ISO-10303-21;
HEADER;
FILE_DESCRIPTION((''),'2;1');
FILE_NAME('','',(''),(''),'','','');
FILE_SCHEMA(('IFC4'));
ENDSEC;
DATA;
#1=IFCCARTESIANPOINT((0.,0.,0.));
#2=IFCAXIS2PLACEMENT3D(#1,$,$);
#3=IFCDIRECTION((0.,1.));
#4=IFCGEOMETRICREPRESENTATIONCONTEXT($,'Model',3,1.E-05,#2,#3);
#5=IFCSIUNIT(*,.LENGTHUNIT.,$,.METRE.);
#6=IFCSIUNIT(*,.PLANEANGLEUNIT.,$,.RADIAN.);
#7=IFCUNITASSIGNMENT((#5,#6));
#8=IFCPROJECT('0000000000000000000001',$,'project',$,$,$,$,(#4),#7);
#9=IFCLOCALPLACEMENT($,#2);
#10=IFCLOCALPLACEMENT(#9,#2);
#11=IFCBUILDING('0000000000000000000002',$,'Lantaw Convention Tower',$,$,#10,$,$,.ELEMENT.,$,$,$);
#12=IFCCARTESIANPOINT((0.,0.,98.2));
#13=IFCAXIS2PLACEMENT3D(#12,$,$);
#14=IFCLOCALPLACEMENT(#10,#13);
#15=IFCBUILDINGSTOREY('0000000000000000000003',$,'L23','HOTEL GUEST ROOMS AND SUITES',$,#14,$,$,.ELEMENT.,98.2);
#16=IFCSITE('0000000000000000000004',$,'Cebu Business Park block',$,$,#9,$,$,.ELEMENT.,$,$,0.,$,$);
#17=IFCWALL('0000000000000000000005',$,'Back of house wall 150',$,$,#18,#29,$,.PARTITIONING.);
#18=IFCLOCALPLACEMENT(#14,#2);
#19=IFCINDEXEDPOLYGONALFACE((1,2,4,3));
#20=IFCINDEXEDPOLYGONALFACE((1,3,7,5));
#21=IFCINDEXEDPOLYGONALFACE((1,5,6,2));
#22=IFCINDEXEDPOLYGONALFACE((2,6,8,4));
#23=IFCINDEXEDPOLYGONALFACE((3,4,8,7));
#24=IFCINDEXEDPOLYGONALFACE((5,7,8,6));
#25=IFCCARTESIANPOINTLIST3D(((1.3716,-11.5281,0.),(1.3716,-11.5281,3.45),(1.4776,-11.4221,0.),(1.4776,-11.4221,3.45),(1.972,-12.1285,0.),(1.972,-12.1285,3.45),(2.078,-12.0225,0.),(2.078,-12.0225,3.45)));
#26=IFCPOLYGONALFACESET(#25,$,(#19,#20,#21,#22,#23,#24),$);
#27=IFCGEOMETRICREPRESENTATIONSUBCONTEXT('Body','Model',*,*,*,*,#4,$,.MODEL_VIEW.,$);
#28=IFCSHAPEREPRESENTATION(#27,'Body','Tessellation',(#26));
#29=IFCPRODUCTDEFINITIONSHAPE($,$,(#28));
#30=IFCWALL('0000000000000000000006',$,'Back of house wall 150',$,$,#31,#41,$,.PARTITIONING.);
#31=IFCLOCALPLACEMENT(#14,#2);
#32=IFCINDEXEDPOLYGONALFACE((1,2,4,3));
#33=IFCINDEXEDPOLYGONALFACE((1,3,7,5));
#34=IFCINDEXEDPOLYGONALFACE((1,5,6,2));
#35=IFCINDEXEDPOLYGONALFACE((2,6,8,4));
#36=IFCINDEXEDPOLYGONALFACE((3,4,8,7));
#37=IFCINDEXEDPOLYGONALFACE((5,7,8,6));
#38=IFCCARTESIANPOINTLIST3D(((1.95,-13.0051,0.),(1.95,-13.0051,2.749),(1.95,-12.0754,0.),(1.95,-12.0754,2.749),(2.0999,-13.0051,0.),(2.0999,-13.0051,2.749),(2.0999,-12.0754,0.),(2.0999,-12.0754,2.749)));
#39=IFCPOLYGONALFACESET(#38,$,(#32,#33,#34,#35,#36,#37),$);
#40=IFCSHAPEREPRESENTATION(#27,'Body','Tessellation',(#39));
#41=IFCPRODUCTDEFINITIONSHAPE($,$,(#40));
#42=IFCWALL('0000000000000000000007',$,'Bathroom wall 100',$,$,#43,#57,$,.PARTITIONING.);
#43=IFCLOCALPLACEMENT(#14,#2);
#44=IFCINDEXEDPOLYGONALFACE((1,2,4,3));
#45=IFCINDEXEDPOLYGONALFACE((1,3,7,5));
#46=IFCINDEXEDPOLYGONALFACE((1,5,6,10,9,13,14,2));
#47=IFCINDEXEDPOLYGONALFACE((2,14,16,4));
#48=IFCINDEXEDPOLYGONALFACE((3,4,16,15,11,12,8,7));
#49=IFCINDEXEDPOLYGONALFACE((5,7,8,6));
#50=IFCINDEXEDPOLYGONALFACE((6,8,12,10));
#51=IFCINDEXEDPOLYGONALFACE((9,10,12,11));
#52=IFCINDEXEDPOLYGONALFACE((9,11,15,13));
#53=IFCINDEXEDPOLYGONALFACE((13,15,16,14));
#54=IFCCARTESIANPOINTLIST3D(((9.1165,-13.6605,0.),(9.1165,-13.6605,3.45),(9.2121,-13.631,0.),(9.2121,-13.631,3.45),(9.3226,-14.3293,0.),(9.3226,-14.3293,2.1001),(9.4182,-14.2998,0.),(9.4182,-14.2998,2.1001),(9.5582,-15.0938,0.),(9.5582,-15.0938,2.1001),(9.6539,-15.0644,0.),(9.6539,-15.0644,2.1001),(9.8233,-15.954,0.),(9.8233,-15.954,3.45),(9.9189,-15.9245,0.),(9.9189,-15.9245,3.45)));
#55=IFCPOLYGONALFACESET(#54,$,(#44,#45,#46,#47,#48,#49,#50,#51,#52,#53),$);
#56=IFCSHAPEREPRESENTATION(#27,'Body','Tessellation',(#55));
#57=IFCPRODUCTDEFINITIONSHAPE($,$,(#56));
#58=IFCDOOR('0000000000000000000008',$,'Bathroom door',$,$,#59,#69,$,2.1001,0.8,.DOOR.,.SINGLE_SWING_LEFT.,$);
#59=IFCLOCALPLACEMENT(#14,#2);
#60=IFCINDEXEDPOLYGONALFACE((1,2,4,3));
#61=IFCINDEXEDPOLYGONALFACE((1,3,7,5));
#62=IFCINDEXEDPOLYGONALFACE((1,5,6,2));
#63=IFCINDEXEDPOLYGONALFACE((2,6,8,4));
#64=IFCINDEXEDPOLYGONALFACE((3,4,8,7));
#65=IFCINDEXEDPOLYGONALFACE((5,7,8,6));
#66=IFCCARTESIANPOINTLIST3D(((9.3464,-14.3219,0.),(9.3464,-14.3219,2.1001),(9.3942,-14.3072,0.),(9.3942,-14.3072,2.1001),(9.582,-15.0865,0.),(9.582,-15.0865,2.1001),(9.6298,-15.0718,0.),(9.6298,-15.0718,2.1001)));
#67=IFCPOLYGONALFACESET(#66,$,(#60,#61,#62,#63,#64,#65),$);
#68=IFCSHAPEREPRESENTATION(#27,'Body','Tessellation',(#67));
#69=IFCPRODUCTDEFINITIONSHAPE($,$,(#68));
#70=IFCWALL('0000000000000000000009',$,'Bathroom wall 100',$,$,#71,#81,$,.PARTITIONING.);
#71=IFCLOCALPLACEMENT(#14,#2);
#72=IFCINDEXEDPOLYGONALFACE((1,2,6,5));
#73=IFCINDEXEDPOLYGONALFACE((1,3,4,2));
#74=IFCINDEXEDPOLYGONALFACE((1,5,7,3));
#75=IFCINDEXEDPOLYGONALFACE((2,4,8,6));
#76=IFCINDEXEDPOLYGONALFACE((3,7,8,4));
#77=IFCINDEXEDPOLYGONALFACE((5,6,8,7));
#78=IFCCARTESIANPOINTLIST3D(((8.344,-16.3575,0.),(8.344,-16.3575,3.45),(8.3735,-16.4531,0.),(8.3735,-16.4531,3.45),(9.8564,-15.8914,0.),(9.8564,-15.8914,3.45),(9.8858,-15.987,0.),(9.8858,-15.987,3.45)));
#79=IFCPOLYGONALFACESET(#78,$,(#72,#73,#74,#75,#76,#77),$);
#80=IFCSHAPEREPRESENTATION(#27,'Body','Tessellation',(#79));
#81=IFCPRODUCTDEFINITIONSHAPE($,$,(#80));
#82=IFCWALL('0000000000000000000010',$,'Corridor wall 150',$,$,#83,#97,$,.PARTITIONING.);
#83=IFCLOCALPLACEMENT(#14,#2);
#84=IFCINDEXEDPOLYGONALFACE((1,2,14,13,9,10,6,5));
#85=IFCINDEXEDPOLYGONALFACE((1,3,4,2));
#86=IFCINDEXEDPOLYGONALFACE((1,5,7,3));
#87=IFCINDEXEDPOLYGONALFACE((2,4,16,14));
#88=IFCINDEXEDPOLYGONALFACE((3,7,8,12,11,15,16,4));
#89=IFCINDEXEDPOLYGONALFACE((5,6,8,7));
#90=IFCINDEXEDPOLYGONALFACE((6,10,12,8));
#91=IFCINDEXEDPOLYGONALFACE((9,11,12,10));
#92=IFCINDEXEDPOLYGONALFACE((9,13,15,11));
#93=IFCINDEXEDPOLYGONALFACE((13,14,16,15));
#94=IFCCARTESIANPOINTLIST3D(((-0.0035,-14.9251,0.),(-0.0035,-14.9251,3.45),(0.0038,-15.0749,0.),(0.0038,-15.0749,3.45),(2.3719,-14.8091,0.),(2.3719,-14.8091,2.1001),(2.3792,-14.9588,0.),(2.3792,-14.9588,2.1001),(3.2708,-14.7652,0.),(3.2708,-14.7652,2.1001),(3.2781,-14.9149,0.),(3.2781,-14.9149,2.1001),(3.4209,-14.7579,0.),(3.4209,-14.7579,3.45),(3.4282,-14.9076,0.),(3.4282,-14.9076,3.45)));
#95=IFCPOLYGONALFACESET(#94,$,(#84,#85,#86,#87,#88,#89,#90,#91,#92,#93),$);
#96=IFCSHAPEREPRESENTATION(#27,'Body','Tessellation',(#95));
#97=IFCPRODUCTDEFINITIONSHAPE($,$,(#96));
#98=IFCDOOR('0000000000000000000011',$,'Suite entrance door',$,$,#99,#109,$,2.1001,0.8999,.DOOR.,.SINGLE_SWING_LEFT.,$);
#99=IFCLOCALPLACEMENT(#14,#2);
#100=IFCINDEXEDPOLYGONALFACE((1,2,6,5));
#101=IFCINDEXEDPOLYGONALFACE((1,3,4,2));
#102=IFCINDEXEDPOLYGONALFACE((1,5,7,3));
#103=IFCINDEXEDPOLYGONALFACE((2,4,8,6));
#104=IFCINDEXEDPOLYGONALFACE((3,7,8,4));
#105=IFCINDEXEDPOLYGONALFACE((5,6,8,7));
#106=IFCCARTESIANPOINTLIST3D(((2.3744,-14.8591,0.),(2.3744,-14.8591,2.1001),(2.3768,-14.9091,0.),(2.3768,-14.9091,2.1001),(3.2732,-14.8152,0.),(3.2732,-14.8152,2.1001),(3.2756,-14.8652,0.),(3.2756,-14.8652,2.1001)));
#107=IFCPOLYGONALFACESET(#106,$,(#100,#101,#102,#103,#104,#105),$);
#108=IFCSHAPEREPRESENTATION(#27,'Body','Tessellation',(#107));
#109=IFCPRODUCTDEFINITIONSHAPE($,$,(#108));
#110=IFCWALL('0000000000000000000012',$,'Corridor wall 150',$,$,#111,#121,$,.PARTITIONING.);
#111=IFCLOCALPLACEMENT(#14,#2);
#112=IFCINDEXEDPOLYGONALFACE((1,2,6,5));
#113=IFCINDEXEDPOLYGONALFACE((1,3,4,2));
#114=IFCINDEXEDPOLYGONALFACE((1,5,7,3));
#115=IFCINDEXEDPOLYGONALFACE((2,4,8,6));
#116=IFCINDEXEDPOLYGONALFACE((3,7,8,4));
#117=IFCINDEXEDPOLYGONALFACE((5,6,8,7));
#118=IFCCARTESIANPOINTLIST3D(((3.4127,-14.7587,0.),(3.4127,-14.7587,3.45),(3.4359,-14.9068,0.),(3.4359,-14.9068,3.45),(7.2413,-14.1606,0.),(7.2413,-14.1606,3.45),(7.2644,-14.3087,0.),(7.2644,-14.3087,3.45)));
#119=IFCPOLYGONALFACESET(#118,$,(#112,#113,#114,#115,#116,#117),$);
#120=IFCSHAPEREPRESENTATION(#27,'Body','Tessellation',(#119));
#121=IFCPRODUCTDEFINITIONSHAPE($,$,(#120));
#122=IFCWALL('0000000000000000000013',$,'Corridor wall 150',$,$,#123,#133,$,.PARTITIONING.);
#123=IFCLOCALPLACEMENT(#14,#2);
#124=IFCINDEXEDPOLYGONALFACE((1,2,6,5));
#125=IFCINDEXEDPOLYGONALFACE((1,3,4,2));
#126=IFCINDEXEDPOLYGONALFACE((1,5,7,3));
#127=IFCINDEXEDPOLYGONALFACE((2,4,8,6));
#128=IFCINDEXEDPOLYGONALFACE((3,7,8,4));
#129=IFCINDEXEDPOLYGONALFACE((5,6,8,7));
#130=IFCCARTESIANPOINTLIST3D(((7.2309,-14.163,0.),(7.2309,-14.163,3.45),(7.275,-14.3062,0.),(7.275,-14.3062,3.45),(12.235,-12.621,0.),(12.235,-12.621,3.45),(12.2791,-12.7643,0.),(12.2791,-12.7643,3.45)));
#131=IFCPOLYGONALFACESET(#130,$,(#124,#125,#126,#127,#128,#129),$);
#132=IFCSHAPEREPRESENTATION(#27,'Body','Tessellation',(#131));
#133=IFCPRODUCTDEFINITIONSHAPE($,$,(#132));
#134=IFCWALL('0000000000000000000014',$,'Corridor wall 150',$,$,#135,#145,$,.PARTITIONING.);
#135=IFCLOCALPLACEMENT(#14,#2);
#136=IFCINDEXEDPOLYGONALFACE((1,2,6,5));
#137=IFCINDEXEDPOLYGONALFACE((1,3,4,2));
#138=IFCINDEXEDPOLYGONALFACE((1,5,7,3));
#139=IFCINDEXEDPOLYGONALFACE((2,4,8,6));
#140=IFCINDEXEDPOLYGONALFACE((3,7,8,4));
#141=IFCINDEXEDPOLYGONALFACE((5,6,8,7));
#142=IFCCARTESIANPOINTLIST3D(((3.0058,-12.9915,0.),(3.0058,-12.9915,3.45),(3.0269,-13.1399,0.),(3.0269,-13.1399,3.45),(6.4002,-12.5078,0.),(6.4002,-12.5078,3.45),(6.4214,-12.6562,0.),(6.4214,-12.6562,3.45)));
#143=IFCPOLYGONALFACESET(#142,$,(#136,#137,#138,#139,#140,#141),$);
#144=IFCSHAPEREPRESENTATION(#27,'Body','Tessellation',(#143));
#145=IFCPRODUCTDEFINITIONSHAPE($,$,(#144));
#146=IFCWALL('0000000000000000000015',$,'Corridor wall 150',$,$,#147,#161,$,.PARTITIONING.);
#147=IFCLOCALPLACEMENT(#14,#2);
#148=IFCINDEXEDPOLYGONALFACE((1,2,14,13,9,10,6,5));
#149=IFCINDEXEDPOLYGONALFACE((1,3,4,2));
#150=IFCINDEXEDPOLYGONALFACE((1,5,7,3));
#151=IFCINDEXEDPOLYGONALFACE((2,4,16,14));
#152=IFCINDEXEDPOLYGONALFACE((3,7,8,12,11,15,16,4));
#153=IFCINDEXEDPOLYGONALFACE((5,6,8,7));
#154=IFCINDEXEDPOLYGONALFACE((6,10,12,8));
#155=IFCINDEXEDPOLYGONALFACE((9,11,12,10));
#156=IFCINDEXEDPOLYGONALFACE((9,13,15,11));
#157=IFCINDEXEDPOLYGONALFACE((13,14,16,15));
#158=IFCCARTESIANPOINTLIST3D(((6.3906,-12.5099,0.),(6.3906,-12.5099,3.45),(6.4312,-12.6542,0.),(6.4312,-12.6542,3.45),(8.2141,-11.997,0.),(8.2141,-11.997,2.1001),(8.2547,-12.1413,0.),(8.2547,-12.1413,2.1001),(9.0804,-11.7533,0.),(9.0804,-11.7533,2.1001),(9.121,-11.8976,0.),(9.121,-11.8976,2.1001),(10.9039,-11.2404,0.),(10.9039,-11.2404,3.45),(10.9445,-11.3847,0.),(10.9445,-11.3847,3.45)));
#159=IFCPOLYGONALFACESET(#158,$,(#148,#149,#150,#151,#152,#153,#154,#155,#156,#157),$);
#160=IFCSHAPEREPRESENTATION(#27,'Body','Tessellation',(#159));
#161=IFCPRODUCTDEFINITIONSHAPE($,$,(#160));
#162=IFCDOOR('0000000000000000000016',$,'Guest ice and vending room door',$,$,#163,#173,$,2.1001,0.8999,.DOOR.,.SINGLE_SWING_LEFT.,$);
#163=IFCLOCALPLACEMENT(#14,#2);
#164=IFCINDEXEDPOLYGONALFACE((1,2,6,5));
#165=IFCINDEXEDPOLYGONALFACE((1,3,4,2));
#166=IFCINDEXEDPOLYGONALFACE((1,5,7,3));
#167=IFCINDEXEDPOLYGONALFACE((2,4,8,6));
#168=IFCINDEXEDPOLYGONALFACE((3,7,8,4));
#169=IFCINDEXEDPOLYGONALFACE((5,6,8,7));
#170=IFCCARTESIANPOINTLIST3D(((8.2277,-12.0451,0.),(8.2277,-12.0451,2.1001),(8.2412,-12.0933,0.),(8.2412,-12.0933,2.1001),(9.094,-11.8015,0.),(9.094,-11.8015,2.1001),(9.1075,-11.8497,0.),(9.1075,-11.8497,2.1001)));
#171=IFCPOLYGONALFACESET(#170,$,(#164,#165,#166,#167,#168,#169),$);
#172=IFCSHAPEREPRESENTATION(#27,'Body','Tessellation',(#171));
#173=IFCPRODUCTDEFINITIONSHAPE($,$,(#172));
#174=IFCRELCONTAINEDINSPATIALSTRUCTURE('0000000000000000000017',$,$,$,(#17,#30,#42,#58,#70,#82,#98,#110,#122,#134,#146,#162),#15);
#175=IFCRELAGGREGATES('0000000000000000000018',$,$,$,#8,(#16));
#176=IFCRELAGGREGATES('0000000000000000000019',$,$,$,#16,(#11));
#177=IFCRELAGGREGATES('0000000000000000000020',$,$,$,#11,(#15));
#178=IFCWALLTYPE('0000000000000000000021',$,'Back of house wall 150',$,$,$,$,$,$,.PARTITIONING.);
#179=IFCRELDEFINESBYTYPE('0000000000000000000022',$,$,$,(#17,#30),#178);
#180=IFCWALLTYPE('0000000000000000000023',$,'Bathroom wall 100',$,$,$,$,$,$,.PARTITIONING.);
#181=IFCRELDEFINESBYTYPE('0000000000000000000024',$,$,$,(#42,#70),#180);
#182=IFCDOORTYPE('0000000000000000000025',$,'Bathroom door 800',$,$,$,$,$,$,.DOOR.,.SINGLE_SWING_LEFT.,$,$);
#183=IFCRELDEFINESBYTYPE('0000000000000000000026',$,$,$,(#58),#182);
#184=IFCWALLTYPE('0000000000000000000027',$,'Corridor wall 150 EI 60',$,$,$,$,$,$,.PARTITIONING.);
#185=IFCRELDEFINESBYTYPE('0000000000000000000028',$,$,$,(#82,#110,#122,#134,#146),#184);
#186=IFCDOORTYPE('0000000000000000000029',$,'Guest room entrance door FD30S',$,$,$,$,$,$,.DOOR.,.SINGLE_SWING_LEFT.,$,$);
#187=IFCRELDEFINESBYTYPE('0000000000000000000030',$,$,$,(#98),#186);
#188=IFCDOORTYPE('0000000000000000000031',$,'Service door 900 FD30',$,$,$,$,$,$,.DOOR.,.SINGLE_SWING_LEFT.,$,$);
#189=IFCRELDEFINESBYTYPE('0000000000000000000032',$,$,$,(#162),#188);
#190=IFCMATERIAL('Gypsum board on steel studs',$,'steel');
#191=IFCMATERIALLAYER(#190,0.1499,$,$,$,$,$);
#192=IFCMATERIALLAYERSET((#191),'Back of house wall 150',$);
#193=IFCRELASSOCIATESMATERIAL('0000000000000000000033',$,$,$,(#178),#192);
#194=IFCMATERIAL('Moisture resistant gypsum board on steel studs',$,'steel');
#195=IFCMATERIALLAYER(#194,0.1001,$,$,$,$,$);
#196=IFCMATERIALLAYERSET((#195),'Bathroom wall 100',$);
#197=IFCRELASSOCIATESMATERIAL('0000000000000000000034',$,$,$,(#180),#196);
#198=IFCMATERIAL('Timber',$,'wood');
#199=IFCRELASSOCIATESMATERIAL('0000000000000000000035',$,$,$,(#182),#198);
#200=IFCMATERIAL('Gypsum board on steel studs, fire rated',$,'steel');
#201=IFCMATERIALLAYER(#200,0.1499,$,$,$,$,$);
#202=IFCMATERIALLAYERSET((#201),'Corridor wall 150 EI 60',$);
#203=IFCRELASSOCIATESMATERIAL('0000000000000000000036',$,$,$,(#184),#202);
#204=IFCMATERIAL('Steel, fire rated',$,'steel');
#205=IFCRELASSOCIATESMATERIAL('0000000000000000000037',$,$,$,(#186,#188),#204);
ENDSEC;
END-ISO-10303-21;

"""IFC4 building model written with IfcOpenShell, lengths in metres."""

from ifc_helpers import new_model, si_unit, direction, frame, frame_2d, origin, place, context, subcontext, project, spatial, rectangle, extrude, material, layer, layer_set, type_object, element, fill, save


model = new_model("IFC4")

# Units and contexts
model_context = context("Model", 3, precision=1e-05, world=origin(), true_north=direction((0.0, 1.0)))
body_context = subcontext(model_context, "Body", "Model", "MODEL_VIEW")
ifc_project = project(units=[si_unit("LENGTHUNIT", "METRE"), si_unit("PLANEANGLEUNIT", "RADIAN")], contexts=[model_context])

# Site, building, storey
site_placement = place(None, origin())
site = spatial("IfcSite", under=ifc_project, at=site_placement, Name="Cebu Business Park block", CompositionType="ELEMENT", RefElevation=0.0)
building_placement = place(site_placement, origin())
building = spatial("IfcBuilding", under=site, at=building_placement, Name="Lantaw Convention Tower", CompositionType="ELEMENT")
storey_placement = place(building_placement, frame((0.0, 0.0, 98.2)))
storey = spatial("IfcBuildingStorey", under=building, at=storey_placement, Name="L23", Description="HOTEL GUEST ROOMS AND SUITES", CompositionType="ELEMENT", Elevation=98.2)

# Walls
ifc_material_1 = material(Name="Gypsum board on steel studs", Category="steel")
ifc_layer_1 = layer(ifc_material_1, 0.1499)
ifc_layer_set_1 = layer_set([ifc_layer_1], Name="Back of house wall 150")
wall_type_1 = type_object("IfcWallType", Name="Back of house wall 150", PredefinedType="PARTITIONING", material=ifc_layer_set_1)
wall_1_placement = place(storey_placement, frame((1.4246, -11.4751, 0.0), z_axis=(0.0, 0.0, 1.0), x_axis=(0.707107, -0.707107, 0.0)))
element("IfcWall", 1, at=wall_1_placement, inside=storey, type_object=wall_type_1, Name="Back of house wall 150", PredefinedType="PARTITIONING", context=body_context, shape_type="SweptSolid", body=[
    extrude(rectangle(XDim=0.8491, YDim=0.1499, at=frame_2d((0.4246, 0.0))), origin(), (0.0, 0.0, 1.0), 3.45),
])
wall_2_placement = place(storey_placement, frame((2.0249, -12.0754, 0.0), z_axis=(0.0, 0.0, 1.0), x_axis=(0.0, -1.0, 0.0)))
element("IfcWall", 2, at=wall_2_placement, inside=storey, type_object=wall_type_1, Name="Back of house wall 150", PredefinedType="PARTITIONING", context=body_context, shape_type="SweptSolid", body=[
    extrude(rectangle(XDim=0.9297, YDim=0.1499, at=frame_2d((0.4648, 0.0))), origin(), (0.0, 0.0, 1.0), 2.749),
])

# Wall, opening, door
ifc_material_2 = material(Name="Moisture resistant gypsum board on steel studs", Category="steel")
ifc_layer_2 = layer(ifc_material_2, 0.1001)
ifc_layer_set_2 = layer_set([ifc_layer_2], Name="Bathroom wall 100")
wall_type_2 = type_object("IfcWallType", Name="Bathroom wall 100", PredefinedType="PARTITIONING", material=ifc_layer_set_2)
wall_3_placement = place(storey_placement, frame((9.1643, -13.6458, 0.0), z_axis=(0.0, 0.0, 1.0), x_axis=(0.294508, -0.955649, 0.0)))
wall_3 = element("IfcWall", 3, at=wall_3_placement, inside=storey, type_object=wall_type_2, Name="Bathroom wall 100", PredefinedType="PARTITIONING", context=body_context, shape_type="SweptSolid", body=[
    extrude(rectangle(XDim=2.3999, YDim=0.1001, at=frame_2d((1.2, 0.0))), origin(), (0.0, 0.0, 1.0), 3.45),
])
opening_1_placement = place(wall_3_placement, frame((0.7, 0.0, 0.0)))
opening_1 = element("IfcOpeningElement", 4, at=opening_1_placement, cuts=wall_3, PredefinedType="OPENING", context=body_context, shape_type="SweptSolid", body=[
    extrude(rectangle(XDim=0.8, YDim=2.1001, at=frame_2d((0.3999, 1.05))), frame((0.0, 0.0601, 0.0), z_axis=(0.0, -1.0, 0.0), x_axis=(1.0, 0.0, 0.0)), (0.0, 0.0, 1.0), 0.1201),
])
ifc_material_3 = material(Name="Timber", Category="wood")
door_type_1 = type_object("IfcDoorType", Name="Bathroom door 800", OperationType="SINGLE_SWING_LEFT", PredefinedType="DOOR", material=ifc_material_3)
door_1_placement = place(opening_1_placement, origin())
door_1 = element("IfcDoor", 5, at=door_1_placement, inside=storey, type_object=door_type_1, Name="Bathroom door", OperationType="SINGLE_SWING_LEFT", OverallHeight=2.1001, OverallWidth=0.8, PredefinedType="DOOR", context=body_context, shape_type="SweptSolid", body=[
    extrude(rectangle(XDim=0.8, YDim=2.1001, at=frame_2d((0.3999, 1.05))), frame((0.0, 0.0249, 0.0), z_axis=(0.0, -1.0, 0.0), x_axis=(1.0, 0.0, 0.0)), (0.0, 0.0, 1.0), 0.05),
])
fill(opening_1, door_1)

# Wall
wall_4_placement = place(storey_placement, frame((9.8711, -15.9392, 0.0), z_axis=(0.0, 0.0, 1.0), x_axis=(-0.955642, -0.29453, 0.0)))
element("IfcWall", 6, at=wall_4_placement, inside=storey, type_object=wall_type_2, Name="Bathroom wall 100", PredefinedType="PARTITIONING", context=body_context, shape_type="SweptSolid", body=[
    extrude(rectangle(XDim=1.5825, YDim=0.1001, at=frame_2d((0.7913, 0.0))), origin(), (0.0, 0.0, 1.0), 3.45),
])

# Wall, opening, door
ifc_material_4 = material(Name="Gypsum board on steel studs, fire rated", Category="steel")
ifc_layer_3 = layer(ifc_material_4, 0.1499)
ifc_layer_set_3 = layer_set([ifc_layer_3], Name="Corridor wall 150 EI 60")
wall_type_3 = type_object("IfcWallType", Name="Corridor wall 150 EI 60", PredefinedType="PARTITIONING", material=ifc_layer_set_3)
wall_5_placement = place(storey_placement, frame((0.0, -15.0, 0.0), z_axis=(0.0, 0.0, 1.0), x_axis=(0.99881, 0.04878, 0.0)))
wall_5 = element("IfcWall", 7, at=wall_5_placement, inside=storey, type_object=wall_type_3, Name="Corridor wall 150", PredefinedType="PARTITIONING", context=body_context, shape_type="SweptSolid", body=[
    extrude(rectangle(XDim=3.4285, YDim=0.1499, at=frame_2d((1.7144, 0.0))), origin(), (0.0, 0.0, 1.0), 3.45),
])
opening_2_placement = place(wall_5_placement, frame((2.3784, 0.0, 0.0)))
opening_2 = element("IfcOpeningElement", 8, at=opening_2_placement, cuts=wall_5, PredefinedType="OPENING", context=body_context, shape_type="SweptSolid", body=[
    extrude(rectangle(XDim=0.8999, YDim=2.1001, at=frame_2d((0.45, 1.05))), frame((0.0, 0.085, 0.0), z_axis=(0.0, -1.0, 0.0), x_axis=(1.0, 0.0, 0.0)), (0.0, 0.0, 1.0), 0.1699),
])
ifc_material_5 = material(Name="Steel, fire rated", Category="steel")
door_type_2 = type_object("IfcDoorType", Name="Guest room entrance door FD30S", OperationType="SINGLE_SWING_LEFT", PredefinedType="DOOR", material=ifc_material_5)
door_2_placement = place(opening_2_placement, origin())
door_2 = element("IfcDoor", 9, at=door_2_placement, inside=storey, type_object=door_type_2, Name="Suite entrance door", OperationType="SINGLE_SWING_LEFT", OverallHeight=2.1001, OverallWidth=0.8999, PredefinedType="DOOR", context=body_context, shape_type="SweptSolid", body=[
    extrude(rectangle(XDim=0.8999, YDim=2.1001, at=frame_2d((0.45, 1.05))), frame((0.0, 0.0249, 0.0), z_axis=(0.0, -1.0, 0.0), x_axis=(1.0, 0.0, 0.0)), (0.0, 0.0, 1.0), 0.05),
])
fill(opening_2, door_2)

# Walls
wall_6_placement = place(storey_placement, frame((3.4243, -14.8328, 0.0), z_axis=(0.0, 0.0, 1.0), x_axis=(0.988015, 0.154358, 0.0)))
element("IfcWall", 10, at=wall_6_placement, inside=storey, type_object=wall_type_3, Name="Corridor wall 150", PredefinedType="PARTITIONING", context=body_context, shape_type="SweptSolid", body=[
    extrude(rectangle(XDim=3.875, YDim=0.1499, at=frame_2d((1.9375, 0.0))), origin(), (0.0, 0.0, 1.0), 3.45),
])
wall_7_placement = place(storey_placement, frame((7.2529, -14.2346, 0.0), z_axis=(0.0, 0.0, 1.0), x_axis=(0.955658, 0.294479, 0.0)))
element("IfcWall", 11, at=wall_7_placement, inside=storey, type_object=wall_type_3, Name="Corridor wall 150", PredefinedType="PARTITIONING", context=body_context, shape_type="SweptSolid", body=[
    extrude(rectangle(XDim=5.2363, YDim=0.1499, at=frame_2d((2.6182, 0.0))), origin(), (0.0, 0.0, 1.0), 3.45),
])
wall_8_placement = place(storey_placement, frame((3.0164, -13.0657, 0.0), z_axis=(0.0, 0.0, 1.0), x_axis=(0.990002, 0.141053, 0.0)))
element("IfcWall", 12, at=wall_8_placement, inside=storey, type_object=wall_type_3, Name="Corridor wall 150", PredefinedType="PARTITIONING", context=body_context, shape_type="SweptSolid", body=[
    extrude(rectangle(XDim=3.4287, YDim=0.1499, at=frame_2d((1.7144, 0.0))), origin(), (0.0, 0.0, 1.0), 3.45),
])

# Wall, opening, door
wall_9_placement = place(storey_placement, frame((6.4109, -12.582, 0.0), z_axis=(0.0, 0.0, 1.0), x_axis=(0.962644, 0.270771, 0.0)))
wall_9 = element("IfcWall", 13, at=wall_9_placement, inside=storey, type_object=wall_type_3, Name="Corridor wall 150", PredefinedType="PARTITIONING", context=body_context, shape_type="SweptSolid", body=[
    extrude(rectangle(XDim=4.6885, YDim=0.1499, at=frame_2d((2.3442, 0.0))), origin(), (0.0, 0.0, 1.0), 3.45),
])
opening_3_placement = place(wall_9_placement, frame((1.8943, 0.0, 0.0)))
opening_3 = element("IfcOpeningElement", 14, at=opening_3_placement, cuts=wall_9, PredefinedType="OPENING", context=body_context, shape_type="SweptSolid", body=[
    extrude(rectangle(XDim=0.8999, YDim=2.1001, at=frame_2d((0.45, 1.05))), frame((0.0, 0.085, 0.0), z_axis=(0.0, -1.0, 0.0), x_axis=(1.0, 0.0, 0.0)), (0.0, 0.0, 1.0), 0.1699),
])
door_type_3 = type_object("IfcDoorType", Name="Service door 900 FD30", OperationType="SINGLE_SWING_LEFT", PredefinedType="DOOR", material=ifc_material_5)
door_3_placement = place(opening_3_placement, origin())
door_3 = element("IfcDoor", 15, at=door_3_placement, inside=storey, type_object=door_type_3, Name="Guest ice and vending room door", OperationType="SINGLE_SWING_LEFT", OverallHeight=2.1001, OverallWidth=0.8999, PredefinedType="DOOR", context=body_context, shape_type="SweptSolid", body=[
    extrude(rectangle(XDim=0.8999, YDim=2.1001, at=frame_2d((0.45, 1.05))), frame((0.0, 0.0249, 0.0), z_axis=(0.0, -1.0, 0.0), x_axis=(1.0, 0.0, 0.0)), (0.0, 0.0, 1.0), 0.05),
])
fill(opening_3, door_3)

save(model, "model.ifc")
